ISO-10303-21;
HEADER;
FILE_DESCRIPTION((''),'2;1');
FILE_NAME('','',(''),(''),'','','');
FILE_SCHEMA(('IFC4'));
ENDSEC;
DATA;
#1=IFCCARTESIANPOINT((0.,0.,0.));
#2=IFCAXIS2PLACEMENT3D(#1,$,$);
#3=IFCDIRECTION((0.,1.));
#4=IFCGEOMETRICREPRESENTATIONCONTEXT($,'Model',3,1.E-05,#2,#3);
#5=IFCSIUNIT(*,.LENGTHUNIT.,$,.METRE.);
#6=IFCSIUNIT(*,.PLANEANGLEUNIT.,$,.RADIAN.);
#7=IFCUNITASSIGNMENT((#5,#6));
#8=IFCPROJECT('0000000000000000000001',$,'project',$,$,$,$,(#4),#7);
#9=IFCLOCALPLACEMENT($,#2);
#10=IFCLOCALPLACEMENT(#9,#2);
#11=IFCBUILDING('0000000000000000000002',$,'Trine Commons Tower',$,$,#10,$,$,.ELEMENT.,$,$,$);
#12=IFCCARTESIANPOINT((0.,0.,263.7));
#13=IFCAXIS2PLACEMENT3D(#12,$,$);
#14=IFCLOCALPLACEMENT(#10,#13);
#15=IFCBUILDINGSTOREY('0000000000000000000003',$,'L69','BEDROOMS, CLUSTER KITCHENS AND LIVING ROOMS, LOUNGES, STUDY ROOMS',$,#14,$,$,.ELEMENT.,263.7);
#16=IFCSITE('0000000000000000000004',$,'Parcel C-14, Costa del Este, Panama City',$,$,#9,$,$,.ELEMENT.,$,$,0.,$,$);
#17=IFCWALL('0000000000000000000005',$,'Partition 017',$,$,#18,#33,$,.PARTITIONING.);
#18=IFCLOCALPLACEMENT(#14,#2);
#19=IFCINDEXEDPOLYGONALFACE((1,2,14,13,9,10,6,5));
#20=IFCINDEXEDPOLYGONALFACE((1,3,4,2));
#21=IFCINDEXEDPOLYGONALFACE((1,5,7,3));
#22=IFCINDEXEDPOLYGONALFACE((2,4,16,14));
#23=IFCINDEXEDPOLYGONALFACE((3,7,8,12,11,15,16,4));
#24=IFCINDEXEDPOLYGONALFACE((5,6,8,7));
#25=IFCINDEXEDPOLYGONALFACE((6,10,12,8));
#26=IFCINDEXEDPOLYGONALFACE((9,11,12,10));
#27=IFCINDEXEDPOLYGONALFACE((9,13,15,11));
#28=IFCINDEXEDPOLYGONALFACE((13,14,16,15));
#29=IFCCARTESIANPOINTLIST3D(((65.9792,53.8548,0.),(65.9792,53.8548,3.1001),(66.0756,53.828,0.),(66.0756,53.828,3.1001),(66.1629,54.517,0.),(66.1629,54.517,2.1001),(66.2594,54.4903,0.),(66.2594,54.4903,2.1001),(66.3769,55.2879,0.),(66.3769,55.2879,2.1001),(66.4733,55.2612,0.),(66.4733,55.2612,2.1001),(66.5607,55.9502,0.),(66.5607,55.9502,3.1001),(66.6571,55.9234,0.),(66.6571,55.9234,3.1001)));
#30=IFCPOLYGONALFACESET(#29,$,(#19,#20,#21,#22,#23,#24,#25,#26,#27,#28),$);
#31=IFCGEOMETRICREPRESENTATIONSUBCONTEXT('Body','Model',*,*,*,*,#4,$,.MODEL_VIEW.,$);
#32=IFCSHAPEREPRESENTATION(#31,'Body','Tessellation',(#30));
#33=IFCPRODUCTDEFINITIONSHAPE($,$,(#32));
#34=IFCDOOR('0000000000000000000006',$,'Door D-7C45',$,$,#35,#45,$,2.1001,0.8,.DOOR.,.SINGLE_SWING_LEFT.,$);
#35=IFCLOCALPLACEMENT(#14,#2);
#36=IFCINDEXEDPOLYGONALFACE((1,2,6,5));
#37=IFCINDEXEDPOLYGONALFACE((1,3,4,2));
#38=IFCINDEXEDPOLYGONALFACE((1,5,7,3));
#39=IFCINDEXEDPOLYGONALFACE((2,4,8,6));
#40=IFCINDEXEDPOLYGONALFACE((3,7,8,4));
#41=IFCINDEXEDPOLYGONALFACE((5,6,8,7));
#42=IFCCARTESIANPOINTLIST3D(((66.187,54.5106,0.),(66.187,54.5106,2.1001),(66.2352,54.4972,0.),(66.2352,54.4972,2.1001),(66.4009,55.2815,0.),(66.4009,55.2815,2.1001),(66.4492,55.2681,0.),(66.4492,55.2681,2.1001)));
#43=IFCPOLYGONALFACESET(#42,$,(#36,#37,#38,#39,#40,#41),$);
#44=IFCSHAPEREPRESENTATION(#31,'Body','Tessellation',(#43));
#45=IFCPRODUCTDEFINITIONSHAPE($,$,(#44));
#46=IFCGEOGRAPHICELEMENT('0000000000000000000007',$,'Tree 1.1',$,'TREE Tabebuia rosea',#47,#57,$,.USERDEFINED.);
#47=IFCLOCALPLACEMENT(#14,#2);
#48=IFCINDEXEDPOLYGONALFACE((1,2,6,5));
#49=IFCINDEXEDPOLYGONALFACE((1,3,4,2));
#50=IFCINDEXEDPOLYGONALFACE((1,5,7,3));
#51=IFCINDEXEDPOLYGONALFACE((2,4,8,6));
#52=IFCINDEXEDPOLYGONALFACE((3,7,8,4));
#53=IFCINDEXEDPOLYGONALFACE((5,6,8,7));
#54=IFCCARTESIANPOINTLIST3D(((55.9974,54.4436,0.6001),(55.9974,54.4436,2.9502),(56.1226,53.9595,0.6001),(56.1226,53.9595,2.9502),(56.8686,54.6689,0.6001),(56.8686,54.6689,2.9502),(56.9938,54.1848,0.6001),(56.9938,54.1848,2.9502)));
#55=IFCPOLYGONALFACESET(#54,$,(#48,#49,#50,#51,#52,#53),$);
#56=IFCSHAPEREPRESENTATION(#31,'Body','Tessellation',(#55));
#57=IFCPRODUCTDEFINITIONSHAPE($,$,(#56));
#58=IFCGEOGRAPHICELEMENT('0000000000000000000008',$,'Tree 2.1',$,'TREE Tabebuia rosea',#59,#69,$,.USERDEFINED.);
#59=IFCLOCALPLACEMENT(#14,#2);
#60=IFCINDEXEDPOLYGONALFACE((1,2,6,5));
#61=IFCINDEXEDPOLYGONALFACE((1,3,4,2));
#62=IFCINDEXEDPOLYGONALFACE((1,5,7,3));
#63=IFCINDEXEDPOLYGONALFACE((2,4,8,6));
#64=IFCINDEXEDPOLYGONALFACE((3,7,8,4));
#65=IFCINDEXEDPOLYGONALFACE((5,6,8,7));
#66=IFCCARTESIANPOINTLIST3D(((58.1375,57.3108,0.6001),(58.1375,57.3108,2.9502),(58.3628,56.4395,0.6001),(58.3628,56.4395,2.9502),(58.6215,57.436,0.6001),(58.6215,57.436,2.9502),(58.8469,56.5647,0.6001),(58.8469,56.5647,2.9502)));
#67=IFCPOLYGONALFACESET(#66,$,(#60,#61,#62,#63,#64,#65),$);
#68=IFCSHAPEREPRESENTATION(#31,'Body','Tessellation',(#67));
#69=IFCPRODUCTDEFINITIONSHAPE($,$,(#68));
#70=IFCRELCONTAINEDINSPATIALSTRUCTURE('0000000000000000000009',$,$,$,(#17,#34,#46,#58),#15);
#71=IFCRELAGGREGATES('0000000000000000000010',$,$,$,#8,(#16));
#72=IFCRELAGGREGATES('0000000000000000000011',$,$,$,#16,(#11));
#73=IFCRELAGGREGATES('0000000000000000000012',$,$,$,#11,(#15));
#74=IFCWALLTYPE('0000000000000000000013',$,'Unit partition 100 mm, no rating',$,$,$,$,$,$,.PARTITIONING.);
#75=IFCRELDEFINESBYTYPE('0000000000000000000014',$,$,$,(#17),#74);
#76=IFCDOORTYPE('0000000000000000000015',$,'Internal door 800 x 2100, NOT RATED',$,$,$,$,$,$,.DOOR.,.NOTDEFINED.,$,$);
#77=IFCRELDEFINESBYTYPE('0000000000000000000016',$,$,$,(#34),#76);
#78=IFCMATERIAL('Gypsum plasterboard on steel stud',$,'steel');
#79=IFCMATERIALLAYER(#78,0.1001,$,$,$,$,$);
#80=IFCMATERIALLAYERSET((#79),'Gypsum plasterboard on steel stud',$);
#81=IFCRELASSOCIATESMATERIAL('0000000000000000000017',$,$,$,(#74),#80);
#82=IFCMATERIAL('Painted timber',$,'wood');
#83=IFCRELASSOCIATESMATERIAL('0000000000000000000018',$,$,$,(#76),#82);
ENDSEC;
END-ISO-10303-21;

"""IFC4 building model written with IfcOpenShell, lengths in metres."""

from ifc_helpers import new_model, si_unit, direction, frame, frame_2d, origin, origin_2d, place, context, subcontext, project, spatial, rectangle, extrude, material, layer, layer_set, type_object, element, fill, save


model = new_model("IFC4")

# Units and contexts
model_context = context("Model", 3, precision=1e-05, world=origin(), true_north=direction((0.0, 1.0)))
body_context = subcontext(model_context, "Body", "Model", "MODEL_VIEW")
ifc_project = project(units=[si_unit("LENGTHUNIT", "METRE"), si_unit("PLANEANGLEUNIT", "RADIAN")], contexts=[model_context])

# Site, building, storey
site_placement = place(None, origin())
site = spatial("IfcSite", under=ifc_project, at=site_placement, Name="Parcel C-14, Costa del Este, Panama City", CompositionType="ELEMENT", RefElevation=0.0)
building_placement = place(site_placement, origin())
building = spatial("IfcBuilding", under=site, at=building_placement, Name="Trine Commons Tower", CompositionType="ELEMENT")
storey_placement = place(building_placement, frame((0.0, 0.0, 263.7)))
storey = spatial("IfcBuildingStorey", under=building, at=storey_placement, Name="L69", Description="BEDROOMS, CLUSTER KITCHENS AND LIVING ROOMS, LOUNGES, STUDY ROOMS", CompositionType="ELEMENT", Elevation=263.7)

# Shared definitions
ifc_material_1 = material(Name="Gypsum plasterboard on steel stud", Category="steel")

# Shared definitions
ifc_layer_1 = layer(ifc_material_1, 0.1001)
ifc_layer_set_1 = layer_set([ifc_layer_1], Name="Gypsum plasterboard on steel stud")
wall_type_1 = type_object("IfcWallType", Name="Unit partition 100 mm, no rating", PredefinedType="PARTITIONING", material=ifc_layer_set_1)
ifc_material_2 = material(Name="Painted timber", Category="wood")
door_type_1 = type_object("IfcDoorType", Name="Internal door 800 x 2100, NOT RATED", OperationType="NOTDEFINED", PredefinedType="DOOR", material=ifc_material_2)

# Wall, opening, door
wall_1_placement = place(storey_placement, frame((66.0273, 53.8413, 0.0), z_axis=(0.0, 0.0, 1.0), x_axis=(0.267418, 0.963581, 0.0)))
wall_1 = element("IfcWall", 1, at=wall_1_placement, inside=storey, type_object=wall_type_1, Name="Partition 017", PredefinedType="PARTITIONING", context=body_context, shape_type="SweptSolid", body=[
    extrude(rectangle(XDim=2.1746, YDim=0.1001, at=frame_2d((1.0874, 0.0))), origin(), (0.0, 0.0, 1.0), 3.1001),
])
opening_1_placement = place(wall_1_placement, frame((0.6875, 0.0, 0.0)))
opening_1 = element("IfcOpeningElement", 2, at=opening_1_placement, cuts=wall_1, PredefinedType="OPENING", context=body_context, shape_type="SweptSolid", body=[
    extrude(rectangle(XDim=0.8, YDim=2.1001, at=frame_2d((0.3999, 1.05))), frame((0.0, 0.0601, 0.0), z_axis=(0.0, -1.0, 0.0), x_axis=(1.0, 0.0, 0.0)), (0.0, 0.0, 1.0), 0.1201),
])
door_1_placement = place(opening_1_placement, frame((0.8, 0.0, 0.0), z_axis=(0.0, 0.0, 1.0), x_axis=(-1.0, 0.0, 0.0)))
door_1 = element("IfcDoor", 3, at=door_1_placement, inside=storey, type_object=door_type_1, Name="Door D-7C45", OperationType="SINGLE_SWING_LEFT", OverallHeight=2.1001, OverallWidth=0.8, PredefinedType="DOOR", context=body_context, shape_type="SweptSolid", body=[
    extrude(rectangle(XDim=0.8, YDim=2.1001, at=frame_2d((0.3999, 1.05))), frame((0.0, 0.0249, 0.0), z_axis=(0.0, -1.0, 0.0), x_axis=(1.0, 0.0, 0.0)), (0.0, 0.0, 1.0), 0.05),
])
fill(opening_1, door_1)

# Geographic elements
for number, where, z_axis, x_axis, name in (
    (4, (56.4956, 54.3142, 0.6001), (0.0, 0.0, 1.0), (0.968152, 0.250363, 0.0), "Tree 1.1"),
    (5, (58.4922, 56.9377, 0.6001), (0.0, 0.0, 1.0), (-0.25041, 0.96814, 0.0), "Tree 2.1"),
):
    element("IfcGeographicElement", number, at=place(storey_placement, frame(where, z_axis=z_axis, x_axis=x_axis)), inside=storey, Name=name, ObjectType="TREE Tabebuia rosea", PredefinedType="USERDEFINED", context=body_context, shape_type="SweptSolid", body=[
        extrude(rectangle(XDim=0.8999, YDim=0.5, at=origin_2d()), origin(), (0.0, 0.0, 1.0), 2.3501),
    ])

save(model, "model.ifc")
